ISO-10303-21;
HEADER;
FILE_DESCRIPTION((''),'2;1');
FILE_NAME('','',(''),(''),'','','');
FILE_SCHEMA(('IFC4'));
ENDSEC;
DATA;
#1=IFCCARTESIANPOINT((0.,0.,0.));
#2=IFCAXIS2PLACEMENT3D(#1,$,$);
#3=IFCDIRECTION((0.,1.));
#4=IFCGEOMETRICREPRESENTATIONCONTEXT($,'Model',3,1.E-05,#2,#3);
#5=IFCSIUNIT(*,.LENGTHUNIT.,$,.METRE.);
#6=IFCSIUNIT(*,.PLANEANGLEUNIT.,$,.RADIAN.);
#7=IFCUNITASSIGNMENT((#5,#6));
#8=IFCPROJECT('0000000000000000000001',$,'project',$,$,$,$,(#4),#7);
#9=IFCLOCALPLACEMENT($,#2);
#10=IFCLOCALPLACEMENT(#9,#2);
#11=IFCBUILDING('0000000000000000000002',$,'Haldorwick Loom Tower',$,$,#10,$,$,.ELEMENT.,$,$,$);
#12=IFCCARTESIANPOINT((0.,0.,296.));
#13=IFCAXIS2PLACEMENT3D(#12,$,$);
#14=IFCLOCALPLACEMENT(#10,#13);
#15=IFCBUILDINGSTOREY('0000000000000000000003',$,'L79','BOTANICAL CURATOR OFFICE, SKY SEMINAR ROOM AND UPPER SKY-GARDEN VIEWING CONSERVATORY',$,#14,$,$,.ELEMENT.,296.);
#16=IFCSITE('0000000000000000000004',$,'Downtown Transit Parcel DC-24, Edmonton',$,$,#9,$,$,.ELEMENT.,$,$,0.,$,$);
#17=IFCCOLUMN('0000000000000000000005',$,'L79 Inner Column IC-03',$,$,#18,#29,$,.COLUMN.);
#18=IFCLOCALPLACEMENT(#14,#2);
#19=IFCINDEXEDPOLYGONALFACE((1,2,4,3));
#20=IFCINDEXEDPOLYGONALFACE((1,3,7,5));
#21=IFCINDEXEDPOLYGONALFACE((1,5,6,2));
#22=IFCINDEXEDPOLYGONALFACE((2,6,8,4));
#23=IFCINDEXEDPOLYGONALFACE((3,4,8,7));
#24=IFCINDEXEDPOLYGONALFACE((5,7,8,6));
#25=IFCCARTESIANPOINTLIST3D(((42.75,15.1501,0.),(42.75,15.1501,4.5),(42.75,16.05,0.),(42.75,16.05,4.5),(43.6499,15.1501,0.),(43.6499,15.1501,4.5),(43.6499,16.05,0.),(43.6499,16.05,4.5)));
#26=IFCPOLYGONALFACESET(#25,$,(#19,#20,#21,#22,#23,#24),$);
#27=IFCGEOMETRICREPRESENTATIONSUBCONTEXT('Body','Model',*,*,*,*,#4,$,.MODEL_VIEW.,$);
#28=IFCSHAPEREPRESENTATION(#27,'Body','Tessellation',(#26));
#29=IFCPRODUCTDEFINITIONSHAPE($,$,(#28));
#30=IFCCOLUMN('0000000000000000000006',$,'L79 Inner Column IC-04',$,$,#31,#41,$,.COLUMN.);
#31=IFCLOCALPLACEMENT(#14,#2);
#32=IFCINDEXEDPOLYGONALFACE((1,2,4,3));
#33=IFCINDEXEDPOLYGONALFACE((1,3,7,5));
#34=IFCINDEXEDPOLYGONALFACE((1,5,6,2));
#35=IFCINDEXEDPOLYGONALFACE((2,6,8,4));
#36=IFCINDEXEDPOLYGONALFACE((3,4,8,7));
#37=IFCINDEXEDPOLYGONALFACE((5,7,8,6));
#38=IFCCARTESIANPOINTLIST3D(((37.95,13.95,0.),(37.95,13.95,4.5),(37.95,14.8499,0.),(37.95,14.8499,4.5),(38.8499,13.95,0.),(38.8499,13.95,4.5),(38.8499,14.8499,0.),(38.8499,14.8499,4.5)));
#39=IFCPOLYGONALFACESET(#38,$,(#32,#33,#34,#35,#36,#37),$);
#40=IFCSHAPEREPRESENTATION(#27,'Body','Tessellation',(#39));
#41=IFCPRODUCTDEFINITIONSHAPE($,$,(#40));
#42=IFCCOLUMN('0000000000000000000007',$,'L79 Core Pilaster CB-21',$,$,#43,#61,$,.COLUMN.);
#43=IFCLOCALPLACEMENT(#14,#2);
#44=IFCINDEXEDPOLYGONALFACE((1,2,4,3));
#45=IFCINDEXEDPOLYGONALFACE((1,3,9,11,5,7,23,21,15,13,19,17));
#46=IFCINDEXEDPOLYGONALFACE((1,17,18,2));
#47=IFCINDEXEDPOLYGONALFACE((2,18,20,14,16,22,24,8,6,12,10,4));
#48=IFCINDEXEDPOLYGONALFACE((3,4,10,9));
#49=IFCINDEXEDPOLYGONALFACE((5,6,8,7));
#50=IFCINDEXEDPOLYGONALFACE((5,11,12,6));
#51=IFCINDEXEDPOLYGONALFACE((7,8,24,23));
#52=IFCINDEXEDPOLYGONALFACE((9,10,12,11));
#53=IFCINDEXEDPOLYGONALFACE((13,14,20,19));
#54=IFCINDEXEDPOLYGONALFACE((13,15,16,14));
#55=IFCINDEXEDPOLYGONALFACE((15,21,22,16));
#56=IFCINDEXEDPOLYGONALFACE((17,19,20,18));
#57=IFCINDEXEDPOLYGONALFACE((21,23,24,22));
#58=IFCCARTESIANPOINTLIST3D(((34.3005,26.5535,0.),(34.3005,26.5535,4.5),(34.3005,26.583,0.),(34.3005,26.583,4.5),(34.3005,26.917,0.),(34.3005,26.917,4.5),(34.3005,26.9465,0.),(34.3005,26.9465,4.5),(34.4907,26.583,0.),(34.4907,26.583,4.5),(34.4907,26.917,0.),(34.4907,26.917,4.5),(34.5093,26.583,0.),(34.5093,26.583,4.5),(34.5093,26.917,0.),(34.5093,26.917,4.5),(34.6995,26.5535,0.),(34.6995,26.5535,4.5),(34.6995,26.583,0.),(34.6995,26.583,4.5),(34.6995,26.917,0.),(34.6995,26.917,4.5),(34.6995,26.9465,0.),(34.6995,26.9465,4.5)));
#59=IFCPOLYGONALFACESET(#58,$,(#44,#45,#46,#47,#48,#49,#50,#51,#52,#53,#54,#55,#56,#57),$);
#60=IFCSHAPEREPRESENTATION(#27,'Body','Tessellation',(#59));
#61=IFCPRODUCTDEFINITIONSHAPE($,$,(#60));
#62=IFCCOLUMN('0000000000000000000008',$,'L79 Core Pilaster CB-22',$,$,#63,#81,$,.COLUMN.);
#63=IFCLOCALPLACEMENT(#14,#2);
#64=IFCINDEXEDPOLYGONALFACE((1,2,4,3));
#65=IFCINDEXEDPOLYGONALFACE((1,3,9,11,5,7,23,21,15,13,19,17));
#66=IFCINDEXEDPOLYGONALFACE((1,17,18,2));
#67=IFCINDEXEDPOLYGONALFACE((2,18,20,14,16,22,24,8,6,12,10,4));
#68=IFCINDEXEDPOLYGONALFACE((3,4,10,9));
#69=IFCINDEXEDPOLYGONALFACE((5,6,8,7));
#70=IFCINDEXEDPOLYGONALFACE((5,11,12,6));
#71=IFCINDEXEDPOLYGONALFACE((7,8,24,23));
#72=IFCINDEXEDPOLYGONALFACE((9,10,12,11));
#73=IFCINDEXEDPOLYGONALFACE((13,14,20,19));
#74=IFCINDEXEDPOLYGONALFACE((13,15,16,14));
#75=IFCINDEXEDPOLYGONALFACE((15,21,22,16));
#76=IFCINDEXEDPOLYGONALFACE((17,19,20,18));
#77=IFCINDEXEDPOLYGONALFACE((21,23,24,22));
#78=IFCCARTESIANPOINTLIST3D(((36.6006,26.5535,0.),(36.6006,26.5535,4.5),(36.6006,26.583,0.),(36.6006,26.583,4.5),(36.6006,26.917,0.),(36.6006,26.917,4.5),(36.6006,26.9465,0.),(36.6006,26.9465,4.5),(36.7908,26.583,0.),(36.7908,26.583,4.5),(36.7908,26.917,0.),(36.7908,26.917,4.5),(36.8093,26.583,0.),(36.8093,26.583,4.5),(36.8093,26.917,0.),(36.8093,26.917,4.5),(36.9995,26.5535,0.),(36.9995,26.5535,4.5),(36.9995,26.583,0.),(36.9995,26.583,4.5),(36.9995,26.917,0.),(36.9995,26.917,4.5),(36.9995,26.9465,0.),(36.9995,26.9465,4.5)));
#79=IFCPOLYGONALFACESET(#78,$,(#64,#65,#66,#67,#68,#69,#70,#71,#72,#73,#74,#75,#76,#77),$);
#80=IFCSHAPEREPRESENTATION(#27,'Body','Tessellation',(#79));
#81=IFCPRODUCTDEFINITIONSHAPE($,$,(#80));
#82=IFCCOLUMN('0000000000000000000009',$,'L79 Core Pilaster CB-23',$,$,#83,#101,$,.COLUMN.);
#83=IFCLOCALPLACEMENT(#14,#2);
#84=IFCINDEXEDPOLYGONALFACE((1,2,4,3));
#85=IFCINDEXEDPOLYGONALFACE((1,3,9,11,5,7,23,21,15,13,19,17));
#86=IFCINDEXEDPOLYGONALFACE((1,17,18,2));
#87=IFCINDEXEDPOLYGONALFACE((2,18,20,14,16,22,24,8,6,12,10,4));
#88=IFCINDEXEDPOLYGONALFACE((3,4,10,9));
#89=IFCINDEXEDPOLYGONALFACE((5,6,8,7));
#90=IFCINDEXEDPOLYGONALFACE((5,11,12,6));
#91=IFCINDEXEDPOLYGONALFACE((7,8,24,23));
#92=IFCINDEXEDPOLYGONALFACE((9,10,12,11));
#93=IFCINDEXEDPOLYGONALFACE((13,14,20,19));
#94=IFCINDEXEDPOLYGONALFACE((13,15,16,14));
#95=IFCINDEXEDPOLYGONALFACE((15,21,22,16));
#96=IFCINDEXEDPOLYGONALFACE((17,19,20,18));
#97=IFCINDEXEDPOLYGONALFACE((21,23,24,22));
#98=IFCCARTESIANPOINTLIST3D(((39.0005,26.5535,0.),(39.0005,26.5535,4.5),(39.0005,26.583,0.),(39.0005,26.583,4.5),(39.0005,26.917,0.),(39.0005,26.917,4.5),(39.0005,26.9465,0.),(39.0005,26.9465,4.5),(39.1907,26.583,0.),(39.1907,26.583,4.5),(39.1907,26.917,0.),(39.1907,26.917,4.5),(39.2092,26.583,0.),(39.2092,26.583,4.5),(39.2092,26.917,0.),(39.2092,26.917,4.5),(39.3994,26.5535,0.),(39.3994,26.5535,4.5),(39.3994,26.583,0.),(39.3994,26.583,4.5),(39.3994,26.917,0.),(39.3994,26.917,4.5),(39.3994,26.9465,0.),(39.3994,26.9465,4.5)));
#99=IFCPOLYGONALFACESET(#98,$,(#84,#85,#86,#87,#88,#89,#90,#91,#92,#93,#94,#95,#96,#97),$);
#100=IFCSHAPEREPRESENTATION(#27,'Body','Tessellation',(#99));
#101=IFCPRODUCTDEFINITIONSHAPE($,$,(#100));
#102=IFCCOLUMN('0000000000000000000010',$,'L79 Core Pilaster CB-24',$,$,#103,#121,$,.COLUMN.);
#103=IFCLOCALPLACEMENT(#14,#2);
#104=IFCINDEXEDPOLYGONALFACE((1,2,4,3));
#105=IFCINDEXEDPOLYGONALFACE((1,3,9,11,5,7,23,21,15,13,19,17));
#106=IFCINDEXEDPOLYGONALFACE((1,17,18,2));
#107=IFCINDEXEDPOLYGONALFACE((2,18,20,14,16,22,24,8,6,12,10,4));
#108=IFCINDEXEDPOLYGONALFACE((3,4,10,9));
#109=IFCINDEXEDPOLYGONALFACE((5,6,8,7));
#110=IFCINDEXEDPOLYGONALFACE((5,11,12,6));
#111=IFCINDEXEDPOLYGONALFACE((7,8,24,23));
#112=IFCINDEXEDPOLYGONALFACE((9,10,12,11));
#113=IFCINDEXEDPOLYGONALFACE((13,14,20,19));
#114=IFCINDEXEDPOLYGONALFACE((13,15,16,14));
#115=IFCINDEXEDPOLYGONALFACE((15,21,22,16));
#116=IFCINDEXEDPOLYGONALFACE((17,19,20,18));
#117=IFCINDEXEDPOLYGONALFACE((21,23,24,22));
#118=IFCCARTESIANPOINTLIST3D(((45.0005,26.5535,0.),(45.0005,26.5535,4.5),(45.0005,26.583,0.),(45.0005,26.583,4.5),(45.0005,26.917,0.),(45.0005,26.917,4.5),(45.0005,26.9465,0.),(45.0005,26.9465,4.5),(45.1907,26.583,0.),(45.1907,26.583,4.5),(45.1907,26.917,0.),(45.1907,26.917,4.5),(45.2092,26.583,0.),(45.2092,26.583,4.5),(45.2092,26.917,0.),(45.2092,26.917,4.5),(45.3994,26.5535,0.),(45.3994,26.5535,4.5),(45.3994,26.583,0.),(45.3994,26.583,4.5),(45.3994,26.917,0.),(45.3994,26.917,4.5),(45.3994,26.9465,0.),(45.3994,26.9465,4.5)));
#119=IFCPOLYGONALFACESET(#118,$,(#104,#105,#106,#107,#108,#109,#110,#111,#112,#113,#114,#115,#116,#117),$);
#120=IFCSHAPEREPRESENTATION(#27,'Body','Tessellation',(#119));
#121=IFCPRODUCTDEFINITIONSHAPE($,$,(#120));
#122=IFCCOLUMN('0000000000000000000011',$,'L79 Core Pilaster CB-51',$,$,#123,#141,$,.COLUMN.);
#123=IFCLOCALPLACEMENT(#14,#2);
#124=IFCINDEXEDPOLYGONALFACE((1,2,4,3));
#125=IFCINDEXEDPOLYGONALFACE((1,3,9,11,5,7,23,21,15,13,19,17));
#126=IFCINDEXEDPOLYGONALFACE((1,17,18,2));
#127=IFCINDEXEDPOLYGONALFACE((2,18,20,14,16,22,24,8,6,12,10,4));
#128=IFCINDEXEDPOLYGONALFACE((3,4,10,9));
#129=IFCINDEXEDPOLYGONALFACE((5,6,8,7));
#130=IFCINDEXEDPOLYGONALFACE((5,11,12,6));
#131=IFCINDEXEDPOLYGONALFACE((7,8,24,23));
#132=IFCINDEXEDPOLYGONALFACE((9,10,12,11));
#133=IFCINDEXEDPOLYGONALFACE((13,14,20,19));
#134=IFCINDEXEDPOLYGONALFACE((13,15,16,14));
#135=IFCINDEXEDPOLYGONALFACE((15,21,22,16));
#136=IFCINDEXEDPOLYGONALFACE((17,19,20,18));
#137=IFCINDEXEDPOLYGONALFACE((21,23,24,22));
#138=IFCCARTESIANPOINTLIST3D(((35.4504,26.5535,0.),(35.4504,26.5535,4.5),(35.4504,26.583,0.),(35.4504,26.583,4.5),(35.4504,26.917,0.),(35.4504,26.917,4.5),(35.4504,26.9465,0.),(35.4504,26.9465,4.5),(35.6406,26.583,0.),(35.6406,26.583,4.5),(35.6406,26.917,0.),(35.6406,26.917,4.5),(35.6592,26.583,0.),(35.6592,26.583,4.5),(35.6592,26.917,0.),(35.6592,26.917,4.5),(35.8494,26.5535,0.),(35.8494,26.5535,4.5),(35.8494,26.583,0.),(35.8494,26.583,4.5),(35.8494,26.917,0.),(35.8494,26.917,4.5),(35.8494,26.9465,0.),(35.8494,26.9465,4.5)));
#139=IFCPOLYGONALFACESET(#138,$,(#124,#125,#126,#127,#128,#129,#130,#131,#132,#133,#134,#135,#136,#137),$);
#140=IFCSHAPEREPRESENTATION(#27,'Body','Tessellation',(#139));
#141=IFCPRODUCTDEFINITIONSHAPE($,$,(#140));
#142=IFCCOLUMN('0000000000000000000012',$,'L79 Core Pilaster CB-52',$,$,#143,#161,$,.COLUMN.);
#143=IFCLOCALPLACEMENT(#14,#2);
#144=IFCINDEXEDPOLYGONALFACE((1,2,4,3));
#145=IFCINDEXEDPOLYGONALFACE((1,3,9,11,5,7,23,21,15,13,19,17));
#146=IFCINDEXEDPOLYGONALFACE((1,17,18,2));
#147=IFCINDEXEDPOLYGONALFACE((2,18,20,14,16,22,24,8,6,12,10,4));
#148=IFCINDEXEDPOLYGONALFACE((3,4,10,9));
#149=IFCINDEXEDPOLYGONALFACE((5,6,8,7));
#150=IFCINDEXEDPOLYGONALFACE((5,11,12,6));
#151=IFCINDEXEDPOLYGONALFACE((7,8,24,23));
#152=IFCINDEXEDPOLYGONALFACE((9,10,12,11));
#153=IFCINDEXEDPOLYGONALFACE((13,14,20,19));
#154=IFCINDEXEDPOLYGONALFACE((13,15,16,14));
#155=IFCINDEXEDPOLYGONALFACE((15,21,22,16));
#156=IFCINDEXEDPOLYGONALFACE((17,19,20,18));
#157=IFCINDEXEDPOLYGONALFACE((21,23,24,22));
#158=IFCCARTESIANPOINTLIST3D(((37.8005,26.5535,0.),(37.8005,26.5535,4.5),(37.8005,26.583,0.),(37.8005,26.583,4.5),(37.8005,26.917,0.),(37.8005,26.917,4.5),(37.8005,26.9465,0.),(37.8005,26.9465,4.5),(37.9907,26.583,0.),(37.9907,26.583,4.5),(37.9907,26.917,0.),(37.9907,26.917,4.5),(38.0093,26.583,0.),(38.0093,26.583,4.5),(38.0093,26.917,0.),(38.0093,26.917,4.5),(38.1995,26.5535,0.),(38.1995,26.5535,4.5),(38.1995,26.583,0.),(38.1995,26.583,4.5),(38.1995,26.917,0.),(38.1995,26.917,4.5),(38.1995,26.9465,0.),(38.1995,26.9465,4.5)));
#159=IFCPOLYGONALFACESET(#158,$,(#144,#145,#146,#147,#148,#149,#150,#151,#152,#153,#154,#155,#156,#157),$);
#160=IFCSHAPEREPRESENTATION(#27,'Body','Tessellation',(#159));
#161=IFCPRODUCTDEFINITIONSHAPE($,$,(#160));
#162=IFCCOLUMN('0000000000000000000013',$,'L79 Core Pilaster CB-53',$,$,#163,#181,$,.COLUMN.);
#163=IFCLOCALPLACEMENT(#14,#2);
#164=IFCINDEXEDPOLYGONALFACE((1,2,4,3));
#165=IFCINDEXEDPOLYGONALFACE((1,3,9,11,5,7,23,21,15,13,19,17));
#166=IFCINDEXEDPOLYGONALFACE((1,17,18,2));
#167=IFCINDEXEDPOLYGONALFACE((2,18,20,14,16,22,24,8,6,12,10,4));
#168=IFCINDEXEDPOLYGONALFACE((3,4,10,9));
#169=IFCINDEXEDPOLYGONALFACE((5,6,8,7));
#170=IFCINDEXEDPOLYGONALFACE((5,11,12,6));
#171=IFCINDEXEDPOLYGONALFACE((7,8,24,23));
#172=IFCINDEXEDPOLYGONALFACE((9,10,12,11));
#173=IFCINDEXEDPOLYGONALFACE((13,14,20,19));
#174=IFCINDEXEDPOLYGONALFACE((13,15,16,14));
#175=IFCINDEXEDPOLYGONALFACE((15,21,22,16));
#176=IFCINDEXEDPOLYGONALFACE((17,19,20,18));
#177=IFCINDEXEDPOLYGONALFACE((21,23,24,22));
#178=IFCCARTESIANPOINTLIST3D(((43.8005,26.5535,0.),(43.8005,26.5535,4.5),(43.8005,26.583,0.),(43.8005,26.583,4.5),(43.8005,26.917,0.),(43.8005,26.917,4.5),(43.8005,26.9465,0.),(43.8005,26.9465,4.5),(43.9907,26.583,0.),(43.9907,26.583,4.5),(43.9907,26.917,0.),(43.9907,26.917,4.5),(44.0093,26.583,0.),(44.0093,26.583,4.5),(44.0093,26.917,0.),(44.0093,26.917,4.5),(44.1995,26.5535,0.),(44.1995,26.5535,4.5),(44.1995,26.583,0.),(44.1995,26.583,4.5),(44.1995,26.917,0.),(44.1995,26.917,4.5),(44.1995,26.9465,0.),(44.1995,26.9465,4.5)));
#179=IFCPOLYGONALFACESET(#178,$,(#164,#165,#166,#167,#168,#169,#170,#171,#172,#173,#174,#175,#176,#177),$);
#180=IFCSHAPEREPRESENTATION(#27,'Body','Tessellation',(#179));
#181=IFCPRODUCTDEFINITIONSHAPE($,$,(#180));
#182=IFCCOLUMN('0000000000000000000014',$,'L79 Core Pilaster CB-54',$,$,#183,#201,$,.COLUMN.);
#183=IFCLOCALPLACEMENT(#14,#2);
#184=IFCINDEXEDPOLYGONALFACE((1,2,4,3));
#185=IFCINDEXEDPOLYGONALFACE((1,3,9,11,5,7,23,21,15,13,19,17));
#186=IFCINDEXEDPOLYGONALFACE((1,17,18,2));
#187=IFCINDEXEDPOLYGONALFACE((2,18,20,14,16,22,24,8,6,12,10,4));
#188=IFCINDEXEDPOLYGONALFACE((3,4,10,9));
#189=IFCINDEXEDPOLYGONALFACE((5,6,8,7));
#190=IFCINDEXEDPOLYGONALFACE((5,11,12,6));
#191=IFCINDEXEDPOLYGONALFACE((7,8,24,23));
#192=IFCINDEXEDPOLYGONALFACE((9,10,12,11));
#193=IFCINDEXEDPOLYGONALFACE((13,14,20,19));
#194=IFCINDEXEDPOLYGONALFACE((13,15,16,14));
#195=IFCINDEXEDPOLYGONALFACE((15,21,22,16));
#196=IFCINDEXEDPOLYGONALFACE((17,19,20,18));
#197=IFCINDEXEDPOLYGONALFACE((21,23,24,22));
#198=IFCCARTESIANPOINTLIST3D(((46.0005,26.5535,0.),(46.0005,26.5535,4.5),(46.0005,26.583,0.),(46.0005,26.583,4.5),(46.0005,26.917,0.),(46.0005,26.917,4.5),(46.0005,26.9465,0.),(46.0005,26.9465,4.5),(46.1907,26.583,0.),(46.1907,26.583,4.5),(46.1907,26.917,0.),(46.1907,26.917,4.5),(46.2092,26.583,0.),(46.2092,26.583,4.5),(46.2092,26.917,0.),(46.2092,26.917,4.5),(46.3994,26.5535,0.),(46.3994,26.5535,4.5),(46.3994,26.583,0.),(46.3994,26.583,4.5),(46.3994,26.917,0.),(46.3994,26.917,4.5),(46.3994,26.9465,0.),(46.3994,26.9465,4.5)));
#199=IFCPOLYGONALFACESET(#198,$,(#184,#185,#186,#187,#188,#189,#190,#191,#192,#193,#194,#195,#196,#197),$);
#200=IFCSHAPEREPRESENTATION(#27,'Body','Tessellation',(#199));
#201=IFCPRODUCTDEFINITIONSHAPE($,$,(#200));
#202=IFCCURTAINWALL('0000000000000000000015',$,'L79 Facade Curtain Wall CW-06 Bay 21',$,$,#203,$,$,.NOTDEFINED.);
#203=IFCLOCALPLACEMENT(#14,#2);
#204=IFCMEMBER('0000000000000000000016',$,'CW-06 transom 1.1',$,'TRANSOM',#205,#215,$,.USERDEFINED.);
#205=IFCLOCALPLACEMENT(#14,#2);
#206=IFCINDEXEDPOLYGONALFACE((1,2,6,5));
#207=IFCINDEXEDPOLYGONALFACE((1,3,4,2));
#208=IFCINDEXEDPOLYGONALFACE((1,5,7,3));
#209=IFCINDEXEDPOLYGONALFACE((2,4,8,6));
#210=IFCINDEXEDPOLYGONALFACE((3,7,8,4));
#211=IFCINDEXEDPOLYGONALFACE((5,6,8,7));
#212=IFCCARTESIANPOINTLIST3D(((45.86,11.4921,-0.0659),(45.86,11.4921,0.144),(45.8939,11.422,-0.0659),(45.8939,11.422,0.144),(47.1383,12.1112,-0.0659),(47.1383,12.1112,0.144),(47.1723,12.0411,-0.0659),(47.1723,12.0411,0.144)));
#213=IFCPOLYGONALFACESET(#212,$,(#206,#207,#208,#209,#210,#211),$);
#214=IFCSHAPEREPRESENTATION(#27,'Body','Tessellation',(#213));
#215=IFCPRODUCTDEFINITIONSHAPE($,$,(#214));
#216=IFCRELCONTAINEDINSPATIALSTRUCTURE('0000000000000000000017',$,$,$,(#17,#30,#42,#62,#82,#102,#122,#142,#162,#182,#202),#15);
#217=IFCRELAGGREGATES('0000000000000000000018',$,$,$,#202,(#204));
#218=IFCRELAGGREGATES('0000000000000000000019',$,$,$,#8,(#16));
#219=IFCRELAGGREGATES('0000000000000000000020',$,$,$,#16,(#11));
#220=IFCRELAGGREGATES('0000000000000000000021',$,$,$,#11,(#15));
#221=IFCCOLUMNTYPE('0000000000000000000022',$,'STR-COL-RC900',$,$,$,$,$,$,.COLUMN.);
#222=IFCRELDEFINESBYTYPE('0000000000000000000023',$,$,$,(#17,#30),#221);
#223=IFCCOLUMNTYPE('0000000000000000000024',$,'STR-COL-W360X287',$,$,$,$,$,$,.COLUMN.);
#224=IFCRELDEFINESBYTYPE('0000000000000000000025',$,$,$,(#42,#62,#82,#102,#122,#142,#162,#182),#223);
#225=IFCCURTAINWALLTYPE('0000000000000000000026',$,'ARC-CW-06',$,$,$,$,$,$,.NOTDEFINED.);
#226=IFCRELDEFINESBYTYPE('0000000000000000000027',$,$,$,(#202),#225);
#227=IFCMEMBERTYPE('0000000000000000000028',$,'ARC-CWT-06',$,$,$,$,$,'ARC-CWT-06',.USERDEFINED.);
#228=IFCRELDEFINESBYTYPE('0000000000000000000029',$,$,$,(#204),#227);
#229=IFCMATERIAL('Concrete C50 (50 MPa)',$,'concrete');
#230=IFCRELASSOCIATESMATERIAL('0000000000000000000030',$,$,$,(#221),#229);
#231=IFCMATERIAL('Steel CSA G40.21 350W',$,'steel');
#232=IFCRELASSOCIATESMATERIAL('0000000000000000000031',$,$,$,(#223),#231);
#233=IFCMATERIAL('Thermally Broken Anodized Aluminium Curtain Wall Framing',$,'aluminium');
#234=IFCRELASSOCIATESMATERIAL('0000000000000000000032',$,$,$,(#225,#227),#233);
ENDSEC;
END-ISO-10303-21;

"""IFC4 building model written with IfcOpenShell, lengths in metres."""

from ifc_helpers import new_model, si_unit, direction, frame, origin, origin_2d, place, context, subcontext, project, spatial, rectangle, i_section, extrude, material, material_profile, profile_set, type_object, element, aggregate, save


model = new_model("IFC4")

# Units and contexts
model_context = context("Model", 3, precision=1e-05, world=origin(), true_north=direction((0.0, 1.0)))
body_context = subcontext(model_context, "Body", "Model", "MODEL_VIEW")
ifc_project = project(units=[si_unit("LENGTHUNIT", "METRE"), si_unit("PLANEANGLEUNIT", "RADIAN")], contexts=[model_context])

# Site, building, storey
site_placement = place(None, origin())
site = spatial("IfcSite", under=ifc_project, at=site_placement, Name="Downtown Transit Parcel DC-24, Edmonton", CompositionType="ELEMENT", RefElevation=0.0)
building_placement = place(site_placement, origin())
building = spatial("IfcBuilding", under=site, at=building_placement, Name="Haldorwick Loom Tower", CompositionType="ELEMENT")
storey_placement = place(building_placement, frame((0.0, 0.0, 296.0)))
storey = spatial("IfcBuildingStorey", under=building, at=storey_placement, Name="L79", Description="BOTANICAL CURATOR OFFICE, SKY SEMINAR ROOM AND UPPER SKY-GARDEN VIEWING CONSERVATORY", CompositionType="ELEMENT", Elevation=296.0)

# Columns
ifc_material_1 = material(Name="Concrete C50 (50 MPa)", Category="concrete")
ifc_material_profile_1 = material_profile(ifc_material_1, rectangle(XDim=0.8999, YDim=0.8999, at=origin_2d()), Name="RC900X900", Category="concrete")
ifc_profile_set_1 = profile_set([ifc_material_profile_1], Name="Concrete C50 (50 MPa)")
column_type_1 = type_object("IfcColumnType", Name="STR-COL-RC900", PredefinedType="COLUMN", material=ifc_profile_set_1)
for number, where, z_axis, x_axis, name in (
    (1, (43.2, 15.6001, 0.0), (0.0, 0.0, 1.0), (1.0, 0.0, 0.0), "L79 Inner Column IC-03"),
    (2, (38.3999, 14.3999, 0.0), (0.0, 0.0, 1.0), (1.0, 0.0, 0.0), "L79 Inner Column IC-04"),
):
    element("IfcColumn", number, at=place(storey_placement, frame(where, z_axis=z_axis, x_axis=x_axis)), inside=storey, type_object=column_type_1, Name=name, PredefinedType="COLUMN", context=body_context, shape_type="SweptSolid", body=[
        extrude(rectangle(XDim=0.8999, YDim=0.8999, at=origin_2d()), origin(), (0.0, 0.0, 1.0), 4.5),
    ])
ifc_material_2 = material(Name="Steel CSA G40.21 350W", Category="steel")
ifc_material_profile_2 = material_profile(ifc_material_2, i_section(OverallWidth=0.3989, OverallDepth=0.3931, WebThickness=0.0186, FlangeThickness=0.0295, at=origin_2d()), Name="W360X287", Category="steel")
ifc_profile_set_2 = profile_set([ifc_material_profile_2], Name="Steel CSA G40.21 350W")
column_type_2 = type_object("IfcColumnType", Name="STR-COL-W360X287", PredefinedType="COLUMN", material=ifc_profile_set_2)
for number, where, z_axis, x_axis, name in (
    (3, (34.5, 26.75, 0.0), (0.0, 0.0, 1.0), (1.0, 0.0, 0.0), "L79 Core Pilaster CB-21"),
    (4, (36.8, 26.75, 0.0), (0.0, 0.0, 1.0), (1.0, 0.0, 0.0), "L79 Core Pilaster CB-22"),
    (5, (39.2, 26.75, 0.0), (0.0, 0.0, 1.0), (1.0, 0.0, 0.0), "L79 Core Pilaster CB-23"),
    (6, (45.2, 26.75, 0.0), (0.0, 0.0, 1.0), (1.0, 0.0, 0.0), "L79 Core Pilaster CB-24"),
    (7, (35.6499, 26.75, 0.0), (0.0, 0.0, 1.0), (1.0, 0.0, 0.0), "L79 Core Pilaster CB-51"),
    (8, (38.0, 26.75, 0.0), (0.0, 0.0, 1.0), (1.0, 0.0, 0.0), "L79 Core Pilaster CB-52"),
    (9, (44.0, 26.75, 0.0), (0.0, 0.0, 1.0), (1.0, 0.0, 0.0), "L79 Core Pilaster CB-53"),
    (10, (46.2, 26.75, 0.0), (0.0, 0.0, 1.0), (1.0, 0.0, 0.0), "L79 Core Pilaster CB-54"),
):
    element("IfcColumn", number, at=place(storey_placement, frame(where, z_axis=z_axis, x_axis=x_axis)), inside=storey, type_object=column_type_2, Name=name, PredefinedType="COLUMN", context=body_context, shape_type="SweptSolid", body=[
        extrude(i_section(OverallWidth=0.3989, OverallDepth=0.3931, WebThickness=0.0186, FlangeThickness=0.0295, at=origin_2d()), origin(), (0.0, 0.0, 1.0), 4.5),
    ])

# Curtain wall, member
ifc_material_3 = material(Name="Thermally Broken Anodized Aluminium Curtain Wall Framing", Category="aluminium")
curtain_wall_type = type_object("IfcCurtainWallType", Name="ARC-CW-06", PredefinedType="NOTDEFINED", material=ifc_material_3)
curtain_wall_placement = place(storey_placement, origin())
curtain_wall = element("IfcCurtainWall", 11, at=curtain_wall_placement, inside=storey, type_object=curtain_wall_type, Name="L79 Facade Curtain Wall CW-06 Bay 21", PredefinedType="NOTDEFINED")
ifc_material_profile_3 = material_profile(ifc_material_3, rectangle(XDim=0.0779, YDim=0.21, at=origin_2d()), Name="ALU_TRN_78X210", Category="aluminium")
ifc_profile_set_3 = profile_set([ifc_material_profile_3], Name="Thermally Broken Anodized Aluminium Curtain Wall Framing")
member_type = type_object("IfcMemberType", Name="ARC-CWT-06", ElementType="ARC-CWT-06", PredefinedType="USERDEFINED", material=ifc_profile_set_3)
member_1_placement = place(storey_placement, frame((45.877, 11.457, 0.0391), z_axis=(0.899994, 0.435902, 0.0), x_axis=(-0.435902, 0.899994, 0.0)))
member_1 = element("IfcMember", 12, at=member_1_placement, type_object=member_type, Name="CW-06 transom 1.1", ObjectType="TRANSOM", PredefinedType="USERDEFINED", context=body_context, shape_type="SweptSolid", body=[
    extrude(rectangle(XDim=0.0779, YDim=0.21, at=origin_2d()), origin(), (0.0, 0.0, 1.0), 1.4204),
])

aggregate(curtain_wall, [member_1])

save(model, "model.ifc")
